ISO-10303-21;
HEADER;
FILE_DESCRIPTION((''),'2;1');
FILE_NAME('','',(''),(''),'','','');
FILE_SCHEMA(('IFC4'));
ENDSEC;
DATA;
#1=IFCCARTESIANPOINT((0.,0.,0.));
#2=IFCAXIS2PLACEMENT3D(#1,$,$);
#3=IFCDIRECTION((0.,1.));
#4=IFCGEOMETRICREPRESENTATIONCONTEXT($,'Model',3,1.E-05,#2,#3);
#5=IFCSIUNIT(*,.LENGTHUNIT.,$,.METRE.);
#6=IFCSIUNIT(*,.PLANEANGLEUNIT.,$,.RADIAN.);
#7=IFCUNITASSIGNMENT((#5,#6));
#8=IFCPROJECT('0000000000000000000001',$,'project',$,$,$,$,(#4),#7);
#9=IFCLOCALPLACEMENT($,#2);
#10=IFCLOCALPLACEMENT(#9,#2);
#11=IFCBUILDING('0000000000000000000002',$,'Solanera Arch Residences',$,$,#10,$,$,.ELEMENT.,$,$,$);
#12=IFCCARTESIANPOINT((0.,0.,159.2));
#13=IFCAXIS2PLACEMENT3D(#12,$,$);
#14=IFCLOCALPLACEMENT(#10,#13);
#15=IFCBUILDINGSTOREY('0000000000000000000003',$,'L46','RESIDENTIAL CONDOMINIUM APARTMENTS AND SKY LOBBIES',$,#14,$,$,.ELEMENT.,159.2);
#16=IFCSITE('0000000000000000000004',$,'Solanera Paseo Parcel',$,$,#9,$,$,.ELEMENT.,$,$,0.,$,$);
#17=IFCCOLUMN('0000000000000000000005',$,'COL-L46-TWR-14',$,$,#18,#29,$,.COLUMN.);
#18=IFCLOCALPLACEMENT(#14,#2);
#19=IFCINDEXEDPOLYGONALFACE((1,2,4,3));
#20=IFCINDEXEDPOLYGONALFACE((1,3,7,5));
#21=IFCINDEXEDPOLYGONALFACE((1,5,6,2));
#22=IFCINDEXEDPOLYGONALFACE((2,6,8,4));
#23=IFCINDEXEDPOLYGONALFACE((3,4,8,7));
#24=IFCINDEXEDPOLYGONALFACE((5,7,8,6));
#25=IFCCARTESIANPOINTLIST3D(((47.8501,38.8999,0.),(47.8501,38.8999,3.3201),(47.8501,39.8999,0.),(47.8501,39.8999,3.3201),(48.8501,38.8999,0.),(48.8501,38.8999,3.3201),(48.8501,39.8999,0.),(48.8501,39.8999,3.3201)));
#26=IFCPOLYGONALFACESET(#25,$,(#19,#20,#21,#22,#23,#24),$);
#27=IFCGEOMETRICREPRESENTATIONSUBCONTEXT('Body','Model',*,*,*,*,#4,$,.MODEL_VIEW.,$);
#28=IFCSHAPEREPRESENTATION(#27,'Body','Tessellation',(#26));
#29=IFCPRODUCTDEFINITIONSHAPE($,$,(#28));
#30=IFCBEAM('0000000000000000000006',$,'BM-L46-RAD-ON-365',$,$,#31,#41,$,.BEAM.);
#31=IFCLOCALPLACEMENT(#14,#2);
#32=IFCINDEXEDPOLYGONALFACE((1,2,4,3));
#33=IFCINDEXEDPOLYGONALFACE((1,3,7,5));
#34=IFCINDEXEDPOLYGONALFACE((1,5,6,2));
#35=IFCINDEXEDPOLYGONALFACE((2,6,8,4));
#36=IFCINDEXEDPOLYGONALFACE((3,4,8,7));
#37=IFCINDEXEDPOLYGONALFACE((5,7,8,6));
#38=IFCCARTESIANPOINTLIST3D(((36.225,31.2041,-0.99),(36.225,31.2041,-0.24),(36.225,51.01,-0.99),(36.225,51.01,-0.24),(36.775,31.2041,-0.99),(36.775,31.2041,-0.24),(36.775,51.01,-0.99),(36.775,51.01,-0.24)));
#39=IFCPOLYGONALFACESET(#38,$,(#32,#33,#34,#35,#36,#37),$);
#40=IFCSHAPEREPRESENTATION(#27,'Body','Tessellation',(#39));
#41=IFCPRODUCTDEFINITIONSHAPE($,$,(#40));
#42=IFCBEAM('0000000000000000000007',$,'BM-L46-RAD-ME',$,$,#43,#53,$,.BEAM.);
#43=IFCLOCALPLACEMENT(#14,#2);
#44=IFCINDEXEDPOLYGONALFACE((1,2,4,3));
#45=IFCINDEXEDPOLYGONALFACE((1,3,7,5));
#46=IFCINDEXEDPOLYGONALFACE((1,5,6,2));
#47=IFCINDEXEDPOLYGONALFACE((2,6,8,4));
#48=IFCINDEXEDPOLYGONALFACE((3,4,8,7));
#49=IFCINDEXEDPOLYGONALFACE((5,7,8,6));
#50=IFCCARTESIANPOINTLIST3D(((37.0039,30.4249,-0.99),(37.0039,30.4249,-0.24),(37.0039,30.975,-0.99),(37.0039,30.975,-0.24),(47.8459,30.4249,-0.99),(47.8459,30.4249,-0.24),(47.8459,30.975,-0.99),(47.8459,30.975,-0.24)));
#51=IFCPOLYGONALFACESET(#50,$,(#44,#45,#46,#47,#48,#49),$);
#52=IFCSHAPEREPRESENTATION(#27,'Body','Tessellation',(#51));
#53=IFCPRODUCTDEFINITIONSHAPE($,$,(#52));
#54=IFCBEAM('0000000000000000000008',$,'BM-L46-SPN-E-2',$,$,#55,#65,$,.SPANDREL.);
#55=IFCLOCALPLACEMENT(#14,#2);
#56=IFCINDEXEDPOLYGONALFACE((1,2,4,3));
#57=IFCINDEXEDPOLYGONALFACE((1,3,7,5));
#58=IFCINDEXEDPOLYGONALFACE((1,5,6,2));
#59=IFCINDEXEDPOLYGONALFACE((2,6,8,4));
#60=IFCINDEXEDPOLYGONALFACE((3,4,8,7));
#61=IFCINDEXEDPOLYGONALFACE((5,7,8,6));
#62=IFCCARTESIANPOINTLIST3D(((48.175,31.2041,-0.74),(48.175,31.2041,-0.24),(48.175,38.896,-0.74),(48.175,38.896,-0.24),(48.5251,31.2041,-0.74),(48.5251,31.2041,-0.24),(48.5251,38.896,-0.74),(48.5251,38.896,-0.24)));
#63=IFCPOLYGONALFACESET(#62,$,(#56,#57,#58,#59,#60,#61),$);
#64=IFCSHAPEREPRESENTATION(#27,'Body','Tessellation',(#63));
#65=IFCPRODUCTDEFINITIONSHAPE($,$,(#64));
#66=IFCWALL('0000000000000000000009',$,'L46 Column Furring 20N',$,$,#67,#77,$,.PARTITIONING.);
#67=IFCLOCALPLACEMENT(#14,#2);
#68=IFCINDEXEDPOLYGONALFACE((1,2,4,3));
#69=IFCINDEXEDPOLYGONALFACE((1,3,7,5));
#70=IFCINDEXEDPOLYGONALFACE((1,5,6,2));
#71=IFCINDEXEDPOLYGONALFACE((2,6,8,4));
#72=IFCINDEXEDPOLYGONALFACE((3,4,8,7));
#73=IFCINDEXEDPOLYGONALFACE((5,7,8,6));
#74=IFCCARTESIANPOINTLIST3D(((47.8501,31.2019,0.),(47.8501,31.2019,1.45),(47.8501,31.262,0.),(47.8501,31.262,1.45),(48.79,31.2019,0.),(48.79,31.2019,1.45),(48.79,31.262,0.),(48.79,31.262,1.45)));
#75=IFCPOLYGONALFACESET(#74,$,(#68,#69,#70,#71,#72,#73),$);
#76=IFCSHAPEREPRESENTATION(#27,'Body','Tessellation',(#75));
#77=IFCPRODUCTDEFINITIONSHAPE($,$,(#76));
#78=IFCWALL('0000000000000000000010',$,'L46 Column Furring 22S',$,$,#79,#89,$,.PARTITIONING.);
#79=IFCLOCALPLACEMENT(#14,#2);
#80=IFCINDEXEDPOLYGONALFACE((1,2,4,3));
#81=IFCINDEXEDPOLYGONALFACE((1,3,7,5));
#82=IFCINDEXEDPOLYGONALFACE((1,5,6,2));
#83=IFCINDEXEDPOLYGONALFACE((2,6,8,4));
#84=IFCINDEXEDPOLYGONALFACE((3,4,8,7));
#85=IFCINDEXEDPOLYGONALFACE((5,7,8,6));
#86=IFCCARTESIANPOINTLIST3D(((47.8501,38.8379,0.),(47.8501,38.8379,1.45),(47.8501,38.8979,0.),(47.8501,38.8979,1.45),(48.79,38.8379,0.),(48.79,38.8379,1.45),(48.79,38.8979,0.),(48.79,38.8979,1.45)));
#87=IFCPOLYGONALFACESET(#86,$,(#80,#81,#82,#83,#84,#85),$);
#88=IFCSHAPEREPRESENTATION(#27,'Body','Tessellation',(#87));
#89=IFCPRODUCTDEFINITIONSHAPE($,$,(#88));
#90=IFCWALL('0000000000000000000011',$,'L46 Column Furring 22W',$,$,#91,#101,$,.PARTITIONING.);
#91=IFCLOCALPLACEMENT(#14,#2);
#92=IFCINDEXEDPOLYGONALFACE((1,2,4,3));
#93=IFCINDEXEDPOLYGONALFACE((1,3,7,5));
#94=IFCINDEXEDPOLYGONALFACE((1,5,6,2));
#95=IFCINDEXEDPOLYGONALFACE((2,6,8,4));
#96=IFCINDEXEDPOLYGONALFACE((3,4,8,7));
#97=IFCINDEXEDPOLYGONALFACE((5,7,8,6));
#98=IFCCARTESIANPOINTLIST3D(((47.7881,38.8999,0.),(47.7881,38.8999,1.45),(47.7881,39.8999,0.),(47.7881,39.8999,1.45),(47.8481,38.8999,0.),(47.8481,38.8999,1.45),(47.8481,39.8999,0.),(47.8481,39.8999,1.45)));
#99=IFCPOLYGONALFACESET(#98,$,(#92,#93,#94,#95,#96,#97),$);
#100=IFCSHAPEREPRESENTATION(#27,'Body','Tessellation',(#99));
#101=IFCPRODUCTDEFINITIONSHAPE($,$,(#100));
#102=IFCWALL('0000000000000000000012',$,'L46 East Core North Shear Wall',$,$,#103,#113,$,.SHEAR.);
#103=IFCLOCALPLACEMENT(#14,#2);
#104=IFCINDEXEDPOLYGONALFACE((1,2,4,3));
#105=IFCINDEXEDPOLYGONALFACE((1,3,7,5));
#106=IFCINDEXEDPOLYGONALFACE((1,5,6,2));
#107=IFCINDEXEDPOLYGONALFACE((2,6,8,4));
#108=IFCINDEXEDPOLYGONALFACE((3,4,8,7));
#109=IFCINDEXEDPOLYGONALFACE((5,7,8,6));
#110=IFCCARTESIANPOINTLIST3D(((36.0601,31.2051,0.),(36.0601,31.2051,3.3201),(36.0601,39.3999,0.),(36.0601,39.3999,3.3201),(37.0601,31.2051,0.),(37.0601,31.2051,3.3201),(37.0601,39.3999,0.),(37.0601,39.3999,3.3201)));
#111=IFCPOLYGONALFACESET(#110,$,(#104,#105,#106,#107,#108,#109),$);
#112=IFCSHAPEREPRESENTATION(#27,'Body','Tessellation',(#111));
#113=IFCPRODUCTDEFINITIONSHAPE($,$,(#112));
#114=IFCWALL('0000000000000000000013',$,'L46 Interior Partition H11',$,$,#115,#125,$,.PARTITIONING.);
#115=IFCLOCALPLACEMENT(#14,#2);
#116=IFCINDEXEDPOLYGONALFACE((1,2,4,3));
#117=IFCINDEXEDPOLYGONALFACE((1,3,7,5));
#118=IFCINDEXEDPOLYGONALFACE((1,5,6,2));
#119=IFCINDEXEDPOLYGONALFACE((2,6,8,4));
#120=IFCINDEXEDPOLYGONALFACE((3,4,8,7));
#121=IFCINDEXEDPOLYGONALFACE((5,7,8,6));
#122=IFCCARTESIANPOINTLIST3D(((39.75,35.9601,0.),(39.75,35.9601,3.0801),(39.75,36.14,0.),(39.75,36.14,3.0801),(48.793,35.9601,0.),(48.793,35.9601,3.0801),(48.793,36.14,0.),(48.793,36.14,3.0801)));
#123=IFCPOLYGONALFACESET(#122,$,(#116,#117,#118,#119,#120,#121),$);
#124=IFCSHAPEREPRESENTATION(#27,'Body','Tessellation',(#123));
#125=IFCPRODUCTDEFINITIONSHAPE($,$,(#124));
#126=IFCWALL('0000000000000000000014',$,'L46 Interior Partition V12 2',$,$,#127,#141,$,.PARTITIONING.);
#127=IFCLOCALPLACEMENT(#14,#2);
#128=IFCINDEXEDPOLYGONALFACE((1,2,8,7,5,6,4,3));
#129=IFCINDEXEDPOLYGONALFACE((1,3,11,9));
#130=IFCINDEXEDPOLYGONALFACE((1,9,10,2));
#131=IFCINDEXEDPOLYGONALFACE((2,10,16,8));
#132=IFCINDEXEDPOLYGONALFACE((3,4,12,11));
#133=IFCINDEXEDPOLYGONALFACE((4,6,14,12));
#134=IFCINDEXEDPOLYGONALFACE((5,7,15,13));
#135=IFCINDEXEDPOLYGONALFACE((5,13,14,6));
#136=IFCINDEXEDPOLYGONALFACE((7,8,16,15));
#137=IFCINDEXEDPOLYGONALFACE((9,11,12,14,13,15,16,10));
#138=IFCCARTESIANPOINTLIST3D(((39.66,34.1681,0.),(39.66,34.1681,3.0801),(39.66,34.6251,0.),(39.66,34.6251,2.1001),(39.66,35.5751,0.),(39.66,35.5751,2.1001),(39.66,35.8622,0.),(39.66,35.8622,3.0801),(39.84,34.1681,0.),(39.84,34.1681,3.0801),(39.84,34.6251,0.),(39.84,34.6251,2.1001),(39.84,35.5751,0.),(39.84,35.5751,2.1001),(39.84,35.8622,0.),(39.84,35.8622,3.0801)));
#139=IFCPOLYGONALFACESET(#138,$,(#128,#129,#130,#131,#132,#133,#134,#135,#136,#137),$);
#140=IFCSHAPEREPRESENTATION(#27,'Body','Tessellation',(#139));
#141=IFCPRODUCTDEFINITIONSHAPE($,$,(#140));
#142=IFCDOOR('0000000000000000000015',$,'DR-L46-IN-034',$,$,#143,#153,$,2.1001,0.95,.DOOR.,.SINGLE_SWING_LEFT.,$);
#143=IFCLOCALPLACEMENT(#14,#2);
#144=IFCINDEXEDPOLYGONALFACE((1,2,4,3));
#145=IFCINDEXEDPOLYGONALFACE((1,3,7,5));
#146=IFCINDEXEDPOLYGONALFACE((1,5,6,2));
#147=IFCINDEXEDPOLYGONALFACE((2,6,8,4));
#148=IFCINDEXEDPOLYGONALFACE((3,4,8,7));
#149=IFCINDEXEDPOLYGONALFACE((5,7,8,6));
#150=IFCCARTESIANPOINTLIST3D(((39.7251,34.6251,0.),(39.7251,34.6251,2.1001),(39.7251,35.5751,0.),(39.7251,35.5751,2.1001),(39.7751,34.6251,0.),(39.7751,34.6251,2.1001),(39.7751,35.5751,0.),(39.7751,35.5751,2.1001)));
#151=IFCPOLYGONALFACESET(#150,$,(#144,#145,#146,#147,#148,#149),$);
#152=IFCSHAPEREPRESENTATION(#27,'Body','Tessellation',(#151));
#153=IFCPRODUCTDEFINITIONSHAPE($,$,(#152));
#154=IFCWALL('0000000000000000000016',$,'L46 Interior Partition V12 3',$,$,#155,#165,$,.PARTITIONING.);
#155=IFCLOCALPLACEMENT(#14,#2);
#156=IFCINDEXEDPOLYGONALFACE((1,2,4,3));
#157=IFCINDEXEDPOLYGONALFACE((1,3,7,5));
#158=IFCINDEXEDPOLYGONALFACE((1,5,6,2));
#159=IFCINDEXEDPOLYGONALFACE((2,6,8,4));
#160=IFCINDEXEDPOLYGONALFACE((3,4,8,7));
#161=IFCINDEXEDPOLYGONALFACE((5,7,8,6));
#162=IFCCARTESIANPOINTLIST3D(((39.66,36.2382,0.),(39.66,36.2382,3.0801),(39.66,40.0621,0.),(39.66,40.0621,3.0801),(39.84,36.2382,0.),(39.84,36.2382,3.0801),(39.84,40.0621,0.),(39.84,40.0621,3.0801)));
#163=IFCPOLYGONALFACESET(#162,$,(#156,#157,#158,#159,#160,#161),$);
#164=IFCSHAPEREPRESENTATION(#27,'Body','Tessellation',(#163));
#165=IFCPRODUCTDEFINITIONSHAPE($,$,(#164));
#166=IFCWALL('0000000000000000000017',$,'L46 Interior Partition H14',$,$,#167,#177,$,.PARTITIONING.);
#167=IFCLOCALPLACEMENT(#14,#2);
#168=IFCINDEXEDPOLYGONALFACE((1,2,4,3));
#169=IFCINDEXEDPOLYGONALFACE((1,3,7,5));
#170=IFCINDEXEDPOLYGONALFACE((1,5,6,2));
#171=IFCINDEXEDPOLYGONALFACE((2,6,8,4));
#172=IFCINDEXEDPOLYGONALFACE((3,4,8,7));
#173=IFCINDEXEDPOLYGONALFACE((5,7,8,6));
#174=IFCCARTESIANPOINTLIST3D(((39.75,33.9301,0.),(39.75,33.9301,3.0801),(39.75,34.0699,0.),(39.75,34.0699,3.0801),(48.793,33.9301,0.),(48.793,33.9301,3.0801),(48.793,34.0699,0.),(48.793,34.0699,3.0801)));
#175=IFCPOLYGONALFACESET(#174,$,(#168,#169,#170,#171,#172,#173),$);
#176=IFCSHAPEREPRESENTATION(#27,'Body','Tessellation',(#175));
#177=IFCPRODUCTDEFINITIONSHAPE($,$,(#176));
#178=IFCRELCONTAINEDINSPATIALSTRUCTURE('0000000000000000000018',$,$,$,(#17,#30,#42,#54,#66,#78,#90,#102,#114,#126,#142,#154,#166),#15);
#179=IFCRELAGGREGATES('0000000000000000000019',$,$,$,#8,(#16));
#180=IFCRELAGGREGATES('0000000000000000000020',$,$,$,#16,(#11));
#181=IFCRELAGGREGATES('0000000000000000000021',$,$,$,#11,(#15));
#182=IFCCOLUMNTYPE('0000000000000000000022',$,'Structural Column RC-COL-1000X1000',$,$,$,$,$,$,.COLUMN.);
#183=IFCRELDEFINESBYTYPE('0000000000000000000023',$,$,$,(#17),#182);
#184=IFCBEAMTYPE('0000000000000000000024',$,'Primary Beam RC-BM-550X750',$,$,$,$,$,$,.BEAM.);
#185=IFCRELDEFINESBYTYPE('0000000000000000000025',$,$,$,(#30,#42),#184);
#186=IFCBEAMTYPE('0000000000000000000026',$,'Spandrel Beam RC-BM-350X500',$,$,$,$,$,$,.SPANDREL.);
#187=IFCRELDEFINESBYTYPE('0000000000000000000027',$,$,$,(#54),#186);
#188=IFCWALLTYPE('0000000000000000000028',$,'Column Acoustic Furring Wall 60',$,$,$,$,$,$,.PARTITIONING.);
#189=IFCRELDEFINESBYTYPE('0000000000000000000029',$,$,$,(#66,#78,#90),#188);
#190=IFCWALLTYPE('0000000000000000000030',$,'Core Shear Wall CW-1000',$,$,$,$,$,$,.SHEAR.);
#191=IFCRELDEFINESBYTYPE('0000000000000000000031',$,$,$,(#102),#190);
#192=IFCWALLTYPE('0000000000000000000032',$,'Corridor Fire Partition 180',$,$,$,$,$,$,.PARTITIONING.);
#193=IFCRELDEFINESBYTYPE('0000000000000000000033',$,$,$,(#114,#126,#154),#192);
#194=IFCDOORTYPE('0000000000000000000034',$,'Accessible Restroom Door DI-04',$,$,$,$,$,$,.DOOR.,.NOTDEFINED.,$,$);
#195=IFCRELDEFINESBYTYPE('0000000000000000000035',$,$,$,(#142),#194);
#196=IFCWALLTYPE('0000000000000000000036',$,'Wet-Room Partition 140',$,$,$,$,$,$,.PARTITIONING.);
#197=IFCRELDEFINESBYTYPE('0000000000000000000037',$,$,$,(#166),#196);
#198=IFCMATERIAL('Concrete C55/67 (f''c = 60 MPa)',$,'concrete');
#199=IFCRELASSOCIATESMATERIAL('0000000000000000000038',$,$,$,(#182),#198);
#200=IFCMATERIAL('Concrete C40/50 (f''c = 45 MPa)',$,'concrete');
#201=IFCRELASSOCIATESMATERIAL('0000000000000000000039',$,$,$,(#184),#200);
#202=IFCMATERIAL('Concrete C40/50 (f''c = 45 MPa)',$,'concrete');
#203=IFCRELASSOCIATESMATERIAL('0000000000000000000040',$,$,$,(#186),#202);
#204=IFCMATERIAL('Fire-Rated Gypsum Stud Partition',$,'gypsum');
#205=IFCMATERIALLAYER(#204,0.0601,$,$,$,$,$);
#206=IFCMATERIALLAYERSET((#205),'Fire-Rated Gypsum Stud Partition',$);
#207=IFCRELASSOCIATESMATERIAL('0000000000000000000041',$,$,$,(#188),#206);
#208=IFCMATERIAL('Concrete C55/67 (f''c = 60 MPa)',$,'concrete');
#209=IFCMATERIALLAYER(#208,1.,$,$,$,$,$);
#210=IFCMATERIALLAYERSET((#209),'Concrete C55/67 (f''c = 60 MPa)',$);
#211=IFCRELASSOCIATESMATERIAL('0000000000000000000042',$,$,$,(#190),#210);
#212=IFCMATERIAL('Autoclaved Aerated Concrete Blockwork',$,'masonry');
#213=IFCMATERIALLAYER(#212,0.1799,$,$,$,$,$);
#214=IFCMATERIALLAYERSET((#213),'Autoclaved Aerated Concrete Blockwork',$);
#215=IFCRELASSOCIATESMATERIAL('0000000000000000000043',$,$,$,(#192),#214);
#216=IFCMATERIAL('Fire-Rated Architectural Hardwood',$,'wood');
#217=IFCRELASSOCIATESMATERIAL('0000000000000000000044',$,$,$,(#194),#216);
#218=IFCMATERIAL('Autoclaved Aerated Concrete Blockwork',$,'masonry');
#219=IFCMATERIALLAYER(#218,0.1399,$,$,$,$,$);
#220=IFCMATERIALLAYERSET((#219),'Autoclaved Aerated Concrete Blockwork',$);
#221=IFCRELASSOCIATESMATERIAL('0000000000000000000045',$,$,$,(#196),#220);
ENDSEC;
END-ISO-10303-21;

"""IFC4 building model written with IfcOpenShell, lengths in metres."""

from ifc_helpers import new_model, si_unit, direction, frame, frame_2d, origin, origin_2d, place, context, subcontext, project, spatial, rectangle, extrude, material, layer, layer_set, material_profile, profile_set, type_object, element, fill, save


model = new_model("IFC4")

# Units and contexts
model_context = context("Model", 3, precision=1e-05, world=origin(), true_north=direction((0.0, 1.0)))
body_context = subcontext(model_context, "Body", "Model", "MODEL_VIEW")
ifc_project = project(units=[si_unit("LENGTHUNIT", "METRE"), si_unit("PLANEANGLEUNIT", "RADIAN")], contexts=[model_context])

# Site, building, storey
site_placement = place(None, origin())
site = spatial("IfcSite", under=ifc_project, at=site_placement, Name="Solanera Paseo Parcel", CompositionType="ELEMENT", RefElevation=0.0)
building_placement = place(site_placement, origin())
building = spatial("IfcBuilding", under=site, at=building_placement, Name="Solanera Arch Residences", CompositionType="ELEMENT")
storey_placement = place(building_placement, frame((0.0, 0.0, 159.2)))
storey = spatial("IfcBuildingStorey", under=building, at=storey_placement, Name="L46", Description="RESIDENTIAL CONDOMINIUM APARTMENTS AND SKY LOBBIES", CompositionType="ELEMENT", Elevation=159.2)

# Column
ifc_material_1 = material(Name="Concrete C55/67 (f'c = 60 MPa)", Category="concrete")
ifc_material_profile_1 = material_profile(ifc_material_1, rectangle(XDim=1.0, YDim=1.0, at=origin_2d()))
ifc_profile_set_1 = profile_set([ifc_material_profile_1], Name="Concrete C55/67 (f'c = 60 MPa)")
column_type = type_object("IfcColumnType", Name="Structural Column RC-COL-1000X1000", PredefinedType="COLUMN", material=ifc_profile_set_1)
column_placement = place(storey_placement, frame((48.3501, 39.3999, 0.0), z_axis=(0.0, 0.0, 1.0), x_axis=(1.0, 0.0, 0.0)))
element("IfcColumn", 1, at=column_placement, inside=storey, type_object=column_type, Name="COL-L46-TWR-14", PredefinedType="COLUMN", context=body_context, shape_type="SweptSolid", body=[
    extrude(rectangle(XDim=1.0, YDim=1.0, at=origin_2d()), origin(), (0.0, 0.0, 1.0), 3.3201),
])

# Beams
ifc_material_2 = material(Name="Concrete C40/50 (f'c = 45 MPa)", Category="concrete")
ifc_material_profile_2 = material_profile(ifc_material_2, rectangle(XDim=0.55, YDim=0.75, at=origin_2d()))
ifc_profile_set_2 = profile_set([ifc_material_profile_2], Name="Concrete C40/50 (f'c = 45 MPa)")
beam_type_1 = type_object("IfcBeamType", Name="Primary Beam RC-BM-550X750", PredefinedType="BEAM", material=ifc_profile_set_2)
beam_1_placement = place(storey_placement, frame((36.5, 31.2041, -0.615), z_axis=(0.0, 1.0, 0.0), x_axis=(-1.0, 0.0, 0.0)))
element("IfcBeam", 2, at=beam_1_placement, inside=storey, type_object=beam_type_1, Name="BM-L46-RAD-ON-365", PredefinedType="BEAM", context=body_context, shape_type="SweptSolid", body=[
    extrude(rectangle(XDim=0.55, YDim=0.75, at=origin_2d()), origin(), (0.0, 0.0, 1.0), 19.8059),
])
beam_2_placement = place(storey_placement, frame((37.0039, 30.7, -0.615), z_axis=(1.0, 0.0, 0.0), x_axis=(0.0, 1.0, 0.0)))
element("IfcBeam", 3, at=beam_2_placement, inside=storey, type_object=beam_type_1, Name="BM-L46-RAD-ME", PredefinedType="BEAM", context=body_context, shape_type="SweptSolid", body=[
    extrude(rectangle(XDim=0.55, YDim=0.75, at=origin_2d()), origin(), (0.0, 0.0, 1.0), 10.842),
])
ifc_material_3 = material(Name="Concrete C40/50 (f'c = 45 MPa)", Category="concrete")
ifc_material_profile_3 = material_profile(ifc_material_3, rectangle(XDim=0.3501, YDim=0.5, at=origin_2d()))
ifc_profile_set_3 = profile_set([ifc_material_profile_3], Name="Concrete C40/50 (f'c = 45 MPa)")
beam_type_2 = type_object("IfcBeamType", Name="Spandrel Beam RC-BM-350X500", PredefinedType="SPANDREL", material=ifc_profile_set_3)
beam_3_placement = place(storey_placement, frame((48.3501, 31.2041, -0.49), z_axis=(0.0, 1.0, 0.0), x_axis=(-1.0, 0.0, 0.0)))
element("IfcBeam", 4, at=beam_3_placement, inside=storey, type_object=beam_type_2, Name="BM-L46-SPN-E-2", PredefinedType="SPANDREL", context=body_context, shape_type="SweptSolid", body=[
    extrude(rectangle(XDim=0.3501, YDim=0.5, at=origin_2d()), origin(), (0.0, 0.0, 1.0), 7.6919),
])

# Walls
ifc_material_4 = material(Name="Fire-Rated Gypsum Stud Partition", Category="gypsum")
ifc_layer_1 = layer(ifc_material_4, 0.0601)
ifc_layer_set_1 = layer_set([ifc_layer_1], Name="Fire-Rated Gypsum Stud Partition")
wall_type_1 = type_object("IfcWallType", Name="Column Acoustic Furring Wall 60", PredefinedType="PARTITIONING", material=ifc_layer_set_1)
for number, where, z_axis, x_axis, name in (
    (5, (47.8501, 31.2319, 0.0), (0.0, 0.0, 1.0), (1.0, 0.0, 0.0), "L46 Column Furring 20N"),
    (6, (47.8501, 38.8679, 0.0), (0.0, 0.0, 1.0), (1.0, 0.0, 0.0), "L46 Column Furring 22S"),
):
    element("IfcWall", number, at=place(storey_placement, frame(where, z_axis=z_axis, x_axis=x_axis)), inside=storey, type_object=wall_type_1, Name=name, PredefinedType="PARTITIONING", context=body_context, shape_type="SweptSolid", body=[
        extrude(rectangle(XDim=0.9399, YDim=0.0601, at=frame_2d((0.47, 0.0))), origin(), (0.0, 0.0, 1.0), 1.45),
    ])
wall_1_placement = place(storey_placement, frame((47.8181, 38.8999, 0.0), z_axis=(0.0, 0.0, 1.0), x_axis=(0.0, 1.0, 0.0)))
element("IfcWall", 7, at=wall_1_placement, inside=storey, type_object=wall_type_1, Name="L46 Column Furring 22W", PredefinedType="PARTITIONING", context=body_context, shape_type="SweptSolid", body=[
    extrude(rectangle(XDim=1.0, YDim=0.0601, at=frame_2d((0.5, 0.0))), origin(), (0.0, 0.0, 1.0), 1.45),
])
ifc_material_5 = material(Name="Concrete C55/67 (f'c = 60 MPa)", Category="concrete")
ifc_layer_2 = layer(ifc_material_5, 1.0)
ifc_layer_set_2 = layer_set([ifc_layer_2], Name="Concrete C55/67 (f'c = 60 MPa)")
wall_type_2 = type_object("IfcWallType", Name="Core Shear Wall CW-1000", PredefinedType="SHEAR", material=ifc_layer_set_2)
wall_2_placement = place(storey_placement, frame((36.5601, 31.2051, 0.0), z_axis=(0.0, 0.0, 1.0), x_axis=(0.0, 1.0, 0.0)))
element("IfcWall", 8, at=wall_2_placement, inside=storey, type_object=wall_type_2, Name="L46 East Core North Shear Wall", PredefinedType="SHEAR", context=body_context, shape_type="SweptSolid", body=[
    extrude(rectangle(XDim=8.1948, YDim=1.0, at=frame_2d((4.0974, 0.0))), origin(), (0.0, 0.0, 1.0), 3.3201),
])
ifc_material_6 = material(Name="Autoclaved Aerated Concrete Blockwork", Category="masonry")
ifc_layer_3 = layer(ifc_material_6, 0.1799)
ifc_layer_set_3 = layer_set([ifc_layer_3], Name="Autoclaved Aerated Concrete Blockwork")
wall_type_3 = type_object("IfcWallType", Name="Corridor Fire Partition 180", PredefinedType="PARTITIONING", material=ifc_layer_set_3)
wall_3_placement = place(storey_placement, frame((39.75, 36.05, 0.0), z_axis=(0.0, 0.0, 1.0), x_axis=(1.0, 0.0, 0.0)))
element("IfcWall", 9, at=wall_3_placement, inside=storey, type_object=wall_type_3, Name="L46 Interior Partition H11", PredefinedType="PARTITIONING", context=body_context, shape_type="SweptSolid", body=[
    extrude(rectangle(XDim=9.043, YDim=0.1799, at=frame_2d((4.5215, 0.0))), origin(), (0.0, 0.0, 1.0), 3.0801),
])

# Wall, opening, door
wall_4_placement = place(storey_placement, frame((39.75, 34.168, 0.0), z_axis=(0.0, 0.0, 1.0), x_axis=(0.0, 1.0, 0.0)))
wall_4 = element("IfcWall", 10, at=wall_4_placement, inside=storey, type_object=wall_type_3, Name="L46 Interior Partition V12 2", PredefinedType="PARTITIONING", context=body_context, shape_type="SweptSolid", body=[
    extrude(rectangle(XDim=1.6941, YDim=0.1799, at=frame_2d((0.8472, 0.0))), origin(), (0.0, 0.0, 1.0), 3.0801),
])
opening_placement = place(wall_4_placement, frame((0.457, 0.0, 0.0)))
opening = element("IfcOpeningElement", 11, at=opening_placement, cuts=wall_4, PredefinedType="OPENING", context=body_context, shape_type="SweptSolid", body=[
    extrude(rectangle(XDim=0.95, YDim=2.1001, at=frame_2d((0.4751, 1.05))), frame((0.0, 0.1001, 0.0), z_axis=(0.0, -1.0, 0.0), x_axis=(1.0, 0.0, 0.0)), (0.0, 0.0, 1.0), 0.1999),
])
ifc_material_7 = material(Name="Fire-Rated Architectural Hardwood", Category="wood")
door_type = type_object("IfcDoorType", Name="Accessible Restroom Door DI-04", OperationType="NOTDEFINED", PredefinedType="DOOR", material=ifc_material_7)
door_placement = place(opening_placement, origin())
door = element("IfcDoor", 12, at=door_placement, inside=storey, type_object=door_type, Name="DR-L46-IN-034", OperationType="SINGLE_SWING_LEFT", OverallHeight=2.1001, OverallWidth=0.95, PredefinedType="DOOR", context=body_context, shape_type="SweptSolid", body=[
    extrude(rectangle(XDim=0.95, YDim=2.1001, at=frame_2d((0.4751, 1.05))), frame((0.0, 0.0249, 0.0), z_axis=(0.0, -1.0, 0.0), x_axis=(1.0, 0.0, 0.0)), (0.0, 0.0, 1.0), 0.05),
])
fill(opening, door)

# Walls
wall_5_placement = place(storey_placement, frame((39.75, 36.238, 0.0), z_axis=(0.0, 0.0, 1.0), x_axis=(0.0, 1.0, 0.0)))
element("IfcWall", 13, at=wall_5_placement, inside=storey, type_object=wall_type_3, Name="L46 Interior Partition V12 3", PredefinedType="PARTITIONING", context=body_context, shape_type="SweptSolid", body=[
    extrude(rectangle(XDim=3.824, YDim=0.1799, at=frame_2d((1.9121, 0.0))), origin(), (0.0, 0.0, 1.0), 3.0801),
])
ifc_material_8 = material(Name="Autoclaved Aerated Concrete Blockwork", Category="masonry")
ifc_layer_4 = layer(ifc_material_8, 0.1399)
ifc_layer_set_4 = layer_set([ifc_layer_4], Name="Autoclaved Aerated Concrete Blockwork")
wall_type_4 = type_object("IfcWallType", Name="Wet-Room Partition 140", PredefinedType="PARTITIONING", material=ifc_layer_set_4)
wall_6_placement = place(storey_placement, frame((39.75, 34.0, 0.0), z_axis=(0.0, 0.0, 1.0), x_axis=(1.0, 0.0, 0.0)))
element("IfcWall", 14, at=wall_6_placement, inside=storey, type_object=wall_type_4, Name="L46 Interior Partition H14", PredefinedType="PARTITIONING", context=body_context, shape_type="SweptSolid", body=[
    extrude(rectangle(XDim=9.043, YDim=0.1399, at=frame_2d((4.5215, 0.0))), origin(), (0.0, 0.0, 1.0), 3.0801),
])

save(model, "model.ifc")
